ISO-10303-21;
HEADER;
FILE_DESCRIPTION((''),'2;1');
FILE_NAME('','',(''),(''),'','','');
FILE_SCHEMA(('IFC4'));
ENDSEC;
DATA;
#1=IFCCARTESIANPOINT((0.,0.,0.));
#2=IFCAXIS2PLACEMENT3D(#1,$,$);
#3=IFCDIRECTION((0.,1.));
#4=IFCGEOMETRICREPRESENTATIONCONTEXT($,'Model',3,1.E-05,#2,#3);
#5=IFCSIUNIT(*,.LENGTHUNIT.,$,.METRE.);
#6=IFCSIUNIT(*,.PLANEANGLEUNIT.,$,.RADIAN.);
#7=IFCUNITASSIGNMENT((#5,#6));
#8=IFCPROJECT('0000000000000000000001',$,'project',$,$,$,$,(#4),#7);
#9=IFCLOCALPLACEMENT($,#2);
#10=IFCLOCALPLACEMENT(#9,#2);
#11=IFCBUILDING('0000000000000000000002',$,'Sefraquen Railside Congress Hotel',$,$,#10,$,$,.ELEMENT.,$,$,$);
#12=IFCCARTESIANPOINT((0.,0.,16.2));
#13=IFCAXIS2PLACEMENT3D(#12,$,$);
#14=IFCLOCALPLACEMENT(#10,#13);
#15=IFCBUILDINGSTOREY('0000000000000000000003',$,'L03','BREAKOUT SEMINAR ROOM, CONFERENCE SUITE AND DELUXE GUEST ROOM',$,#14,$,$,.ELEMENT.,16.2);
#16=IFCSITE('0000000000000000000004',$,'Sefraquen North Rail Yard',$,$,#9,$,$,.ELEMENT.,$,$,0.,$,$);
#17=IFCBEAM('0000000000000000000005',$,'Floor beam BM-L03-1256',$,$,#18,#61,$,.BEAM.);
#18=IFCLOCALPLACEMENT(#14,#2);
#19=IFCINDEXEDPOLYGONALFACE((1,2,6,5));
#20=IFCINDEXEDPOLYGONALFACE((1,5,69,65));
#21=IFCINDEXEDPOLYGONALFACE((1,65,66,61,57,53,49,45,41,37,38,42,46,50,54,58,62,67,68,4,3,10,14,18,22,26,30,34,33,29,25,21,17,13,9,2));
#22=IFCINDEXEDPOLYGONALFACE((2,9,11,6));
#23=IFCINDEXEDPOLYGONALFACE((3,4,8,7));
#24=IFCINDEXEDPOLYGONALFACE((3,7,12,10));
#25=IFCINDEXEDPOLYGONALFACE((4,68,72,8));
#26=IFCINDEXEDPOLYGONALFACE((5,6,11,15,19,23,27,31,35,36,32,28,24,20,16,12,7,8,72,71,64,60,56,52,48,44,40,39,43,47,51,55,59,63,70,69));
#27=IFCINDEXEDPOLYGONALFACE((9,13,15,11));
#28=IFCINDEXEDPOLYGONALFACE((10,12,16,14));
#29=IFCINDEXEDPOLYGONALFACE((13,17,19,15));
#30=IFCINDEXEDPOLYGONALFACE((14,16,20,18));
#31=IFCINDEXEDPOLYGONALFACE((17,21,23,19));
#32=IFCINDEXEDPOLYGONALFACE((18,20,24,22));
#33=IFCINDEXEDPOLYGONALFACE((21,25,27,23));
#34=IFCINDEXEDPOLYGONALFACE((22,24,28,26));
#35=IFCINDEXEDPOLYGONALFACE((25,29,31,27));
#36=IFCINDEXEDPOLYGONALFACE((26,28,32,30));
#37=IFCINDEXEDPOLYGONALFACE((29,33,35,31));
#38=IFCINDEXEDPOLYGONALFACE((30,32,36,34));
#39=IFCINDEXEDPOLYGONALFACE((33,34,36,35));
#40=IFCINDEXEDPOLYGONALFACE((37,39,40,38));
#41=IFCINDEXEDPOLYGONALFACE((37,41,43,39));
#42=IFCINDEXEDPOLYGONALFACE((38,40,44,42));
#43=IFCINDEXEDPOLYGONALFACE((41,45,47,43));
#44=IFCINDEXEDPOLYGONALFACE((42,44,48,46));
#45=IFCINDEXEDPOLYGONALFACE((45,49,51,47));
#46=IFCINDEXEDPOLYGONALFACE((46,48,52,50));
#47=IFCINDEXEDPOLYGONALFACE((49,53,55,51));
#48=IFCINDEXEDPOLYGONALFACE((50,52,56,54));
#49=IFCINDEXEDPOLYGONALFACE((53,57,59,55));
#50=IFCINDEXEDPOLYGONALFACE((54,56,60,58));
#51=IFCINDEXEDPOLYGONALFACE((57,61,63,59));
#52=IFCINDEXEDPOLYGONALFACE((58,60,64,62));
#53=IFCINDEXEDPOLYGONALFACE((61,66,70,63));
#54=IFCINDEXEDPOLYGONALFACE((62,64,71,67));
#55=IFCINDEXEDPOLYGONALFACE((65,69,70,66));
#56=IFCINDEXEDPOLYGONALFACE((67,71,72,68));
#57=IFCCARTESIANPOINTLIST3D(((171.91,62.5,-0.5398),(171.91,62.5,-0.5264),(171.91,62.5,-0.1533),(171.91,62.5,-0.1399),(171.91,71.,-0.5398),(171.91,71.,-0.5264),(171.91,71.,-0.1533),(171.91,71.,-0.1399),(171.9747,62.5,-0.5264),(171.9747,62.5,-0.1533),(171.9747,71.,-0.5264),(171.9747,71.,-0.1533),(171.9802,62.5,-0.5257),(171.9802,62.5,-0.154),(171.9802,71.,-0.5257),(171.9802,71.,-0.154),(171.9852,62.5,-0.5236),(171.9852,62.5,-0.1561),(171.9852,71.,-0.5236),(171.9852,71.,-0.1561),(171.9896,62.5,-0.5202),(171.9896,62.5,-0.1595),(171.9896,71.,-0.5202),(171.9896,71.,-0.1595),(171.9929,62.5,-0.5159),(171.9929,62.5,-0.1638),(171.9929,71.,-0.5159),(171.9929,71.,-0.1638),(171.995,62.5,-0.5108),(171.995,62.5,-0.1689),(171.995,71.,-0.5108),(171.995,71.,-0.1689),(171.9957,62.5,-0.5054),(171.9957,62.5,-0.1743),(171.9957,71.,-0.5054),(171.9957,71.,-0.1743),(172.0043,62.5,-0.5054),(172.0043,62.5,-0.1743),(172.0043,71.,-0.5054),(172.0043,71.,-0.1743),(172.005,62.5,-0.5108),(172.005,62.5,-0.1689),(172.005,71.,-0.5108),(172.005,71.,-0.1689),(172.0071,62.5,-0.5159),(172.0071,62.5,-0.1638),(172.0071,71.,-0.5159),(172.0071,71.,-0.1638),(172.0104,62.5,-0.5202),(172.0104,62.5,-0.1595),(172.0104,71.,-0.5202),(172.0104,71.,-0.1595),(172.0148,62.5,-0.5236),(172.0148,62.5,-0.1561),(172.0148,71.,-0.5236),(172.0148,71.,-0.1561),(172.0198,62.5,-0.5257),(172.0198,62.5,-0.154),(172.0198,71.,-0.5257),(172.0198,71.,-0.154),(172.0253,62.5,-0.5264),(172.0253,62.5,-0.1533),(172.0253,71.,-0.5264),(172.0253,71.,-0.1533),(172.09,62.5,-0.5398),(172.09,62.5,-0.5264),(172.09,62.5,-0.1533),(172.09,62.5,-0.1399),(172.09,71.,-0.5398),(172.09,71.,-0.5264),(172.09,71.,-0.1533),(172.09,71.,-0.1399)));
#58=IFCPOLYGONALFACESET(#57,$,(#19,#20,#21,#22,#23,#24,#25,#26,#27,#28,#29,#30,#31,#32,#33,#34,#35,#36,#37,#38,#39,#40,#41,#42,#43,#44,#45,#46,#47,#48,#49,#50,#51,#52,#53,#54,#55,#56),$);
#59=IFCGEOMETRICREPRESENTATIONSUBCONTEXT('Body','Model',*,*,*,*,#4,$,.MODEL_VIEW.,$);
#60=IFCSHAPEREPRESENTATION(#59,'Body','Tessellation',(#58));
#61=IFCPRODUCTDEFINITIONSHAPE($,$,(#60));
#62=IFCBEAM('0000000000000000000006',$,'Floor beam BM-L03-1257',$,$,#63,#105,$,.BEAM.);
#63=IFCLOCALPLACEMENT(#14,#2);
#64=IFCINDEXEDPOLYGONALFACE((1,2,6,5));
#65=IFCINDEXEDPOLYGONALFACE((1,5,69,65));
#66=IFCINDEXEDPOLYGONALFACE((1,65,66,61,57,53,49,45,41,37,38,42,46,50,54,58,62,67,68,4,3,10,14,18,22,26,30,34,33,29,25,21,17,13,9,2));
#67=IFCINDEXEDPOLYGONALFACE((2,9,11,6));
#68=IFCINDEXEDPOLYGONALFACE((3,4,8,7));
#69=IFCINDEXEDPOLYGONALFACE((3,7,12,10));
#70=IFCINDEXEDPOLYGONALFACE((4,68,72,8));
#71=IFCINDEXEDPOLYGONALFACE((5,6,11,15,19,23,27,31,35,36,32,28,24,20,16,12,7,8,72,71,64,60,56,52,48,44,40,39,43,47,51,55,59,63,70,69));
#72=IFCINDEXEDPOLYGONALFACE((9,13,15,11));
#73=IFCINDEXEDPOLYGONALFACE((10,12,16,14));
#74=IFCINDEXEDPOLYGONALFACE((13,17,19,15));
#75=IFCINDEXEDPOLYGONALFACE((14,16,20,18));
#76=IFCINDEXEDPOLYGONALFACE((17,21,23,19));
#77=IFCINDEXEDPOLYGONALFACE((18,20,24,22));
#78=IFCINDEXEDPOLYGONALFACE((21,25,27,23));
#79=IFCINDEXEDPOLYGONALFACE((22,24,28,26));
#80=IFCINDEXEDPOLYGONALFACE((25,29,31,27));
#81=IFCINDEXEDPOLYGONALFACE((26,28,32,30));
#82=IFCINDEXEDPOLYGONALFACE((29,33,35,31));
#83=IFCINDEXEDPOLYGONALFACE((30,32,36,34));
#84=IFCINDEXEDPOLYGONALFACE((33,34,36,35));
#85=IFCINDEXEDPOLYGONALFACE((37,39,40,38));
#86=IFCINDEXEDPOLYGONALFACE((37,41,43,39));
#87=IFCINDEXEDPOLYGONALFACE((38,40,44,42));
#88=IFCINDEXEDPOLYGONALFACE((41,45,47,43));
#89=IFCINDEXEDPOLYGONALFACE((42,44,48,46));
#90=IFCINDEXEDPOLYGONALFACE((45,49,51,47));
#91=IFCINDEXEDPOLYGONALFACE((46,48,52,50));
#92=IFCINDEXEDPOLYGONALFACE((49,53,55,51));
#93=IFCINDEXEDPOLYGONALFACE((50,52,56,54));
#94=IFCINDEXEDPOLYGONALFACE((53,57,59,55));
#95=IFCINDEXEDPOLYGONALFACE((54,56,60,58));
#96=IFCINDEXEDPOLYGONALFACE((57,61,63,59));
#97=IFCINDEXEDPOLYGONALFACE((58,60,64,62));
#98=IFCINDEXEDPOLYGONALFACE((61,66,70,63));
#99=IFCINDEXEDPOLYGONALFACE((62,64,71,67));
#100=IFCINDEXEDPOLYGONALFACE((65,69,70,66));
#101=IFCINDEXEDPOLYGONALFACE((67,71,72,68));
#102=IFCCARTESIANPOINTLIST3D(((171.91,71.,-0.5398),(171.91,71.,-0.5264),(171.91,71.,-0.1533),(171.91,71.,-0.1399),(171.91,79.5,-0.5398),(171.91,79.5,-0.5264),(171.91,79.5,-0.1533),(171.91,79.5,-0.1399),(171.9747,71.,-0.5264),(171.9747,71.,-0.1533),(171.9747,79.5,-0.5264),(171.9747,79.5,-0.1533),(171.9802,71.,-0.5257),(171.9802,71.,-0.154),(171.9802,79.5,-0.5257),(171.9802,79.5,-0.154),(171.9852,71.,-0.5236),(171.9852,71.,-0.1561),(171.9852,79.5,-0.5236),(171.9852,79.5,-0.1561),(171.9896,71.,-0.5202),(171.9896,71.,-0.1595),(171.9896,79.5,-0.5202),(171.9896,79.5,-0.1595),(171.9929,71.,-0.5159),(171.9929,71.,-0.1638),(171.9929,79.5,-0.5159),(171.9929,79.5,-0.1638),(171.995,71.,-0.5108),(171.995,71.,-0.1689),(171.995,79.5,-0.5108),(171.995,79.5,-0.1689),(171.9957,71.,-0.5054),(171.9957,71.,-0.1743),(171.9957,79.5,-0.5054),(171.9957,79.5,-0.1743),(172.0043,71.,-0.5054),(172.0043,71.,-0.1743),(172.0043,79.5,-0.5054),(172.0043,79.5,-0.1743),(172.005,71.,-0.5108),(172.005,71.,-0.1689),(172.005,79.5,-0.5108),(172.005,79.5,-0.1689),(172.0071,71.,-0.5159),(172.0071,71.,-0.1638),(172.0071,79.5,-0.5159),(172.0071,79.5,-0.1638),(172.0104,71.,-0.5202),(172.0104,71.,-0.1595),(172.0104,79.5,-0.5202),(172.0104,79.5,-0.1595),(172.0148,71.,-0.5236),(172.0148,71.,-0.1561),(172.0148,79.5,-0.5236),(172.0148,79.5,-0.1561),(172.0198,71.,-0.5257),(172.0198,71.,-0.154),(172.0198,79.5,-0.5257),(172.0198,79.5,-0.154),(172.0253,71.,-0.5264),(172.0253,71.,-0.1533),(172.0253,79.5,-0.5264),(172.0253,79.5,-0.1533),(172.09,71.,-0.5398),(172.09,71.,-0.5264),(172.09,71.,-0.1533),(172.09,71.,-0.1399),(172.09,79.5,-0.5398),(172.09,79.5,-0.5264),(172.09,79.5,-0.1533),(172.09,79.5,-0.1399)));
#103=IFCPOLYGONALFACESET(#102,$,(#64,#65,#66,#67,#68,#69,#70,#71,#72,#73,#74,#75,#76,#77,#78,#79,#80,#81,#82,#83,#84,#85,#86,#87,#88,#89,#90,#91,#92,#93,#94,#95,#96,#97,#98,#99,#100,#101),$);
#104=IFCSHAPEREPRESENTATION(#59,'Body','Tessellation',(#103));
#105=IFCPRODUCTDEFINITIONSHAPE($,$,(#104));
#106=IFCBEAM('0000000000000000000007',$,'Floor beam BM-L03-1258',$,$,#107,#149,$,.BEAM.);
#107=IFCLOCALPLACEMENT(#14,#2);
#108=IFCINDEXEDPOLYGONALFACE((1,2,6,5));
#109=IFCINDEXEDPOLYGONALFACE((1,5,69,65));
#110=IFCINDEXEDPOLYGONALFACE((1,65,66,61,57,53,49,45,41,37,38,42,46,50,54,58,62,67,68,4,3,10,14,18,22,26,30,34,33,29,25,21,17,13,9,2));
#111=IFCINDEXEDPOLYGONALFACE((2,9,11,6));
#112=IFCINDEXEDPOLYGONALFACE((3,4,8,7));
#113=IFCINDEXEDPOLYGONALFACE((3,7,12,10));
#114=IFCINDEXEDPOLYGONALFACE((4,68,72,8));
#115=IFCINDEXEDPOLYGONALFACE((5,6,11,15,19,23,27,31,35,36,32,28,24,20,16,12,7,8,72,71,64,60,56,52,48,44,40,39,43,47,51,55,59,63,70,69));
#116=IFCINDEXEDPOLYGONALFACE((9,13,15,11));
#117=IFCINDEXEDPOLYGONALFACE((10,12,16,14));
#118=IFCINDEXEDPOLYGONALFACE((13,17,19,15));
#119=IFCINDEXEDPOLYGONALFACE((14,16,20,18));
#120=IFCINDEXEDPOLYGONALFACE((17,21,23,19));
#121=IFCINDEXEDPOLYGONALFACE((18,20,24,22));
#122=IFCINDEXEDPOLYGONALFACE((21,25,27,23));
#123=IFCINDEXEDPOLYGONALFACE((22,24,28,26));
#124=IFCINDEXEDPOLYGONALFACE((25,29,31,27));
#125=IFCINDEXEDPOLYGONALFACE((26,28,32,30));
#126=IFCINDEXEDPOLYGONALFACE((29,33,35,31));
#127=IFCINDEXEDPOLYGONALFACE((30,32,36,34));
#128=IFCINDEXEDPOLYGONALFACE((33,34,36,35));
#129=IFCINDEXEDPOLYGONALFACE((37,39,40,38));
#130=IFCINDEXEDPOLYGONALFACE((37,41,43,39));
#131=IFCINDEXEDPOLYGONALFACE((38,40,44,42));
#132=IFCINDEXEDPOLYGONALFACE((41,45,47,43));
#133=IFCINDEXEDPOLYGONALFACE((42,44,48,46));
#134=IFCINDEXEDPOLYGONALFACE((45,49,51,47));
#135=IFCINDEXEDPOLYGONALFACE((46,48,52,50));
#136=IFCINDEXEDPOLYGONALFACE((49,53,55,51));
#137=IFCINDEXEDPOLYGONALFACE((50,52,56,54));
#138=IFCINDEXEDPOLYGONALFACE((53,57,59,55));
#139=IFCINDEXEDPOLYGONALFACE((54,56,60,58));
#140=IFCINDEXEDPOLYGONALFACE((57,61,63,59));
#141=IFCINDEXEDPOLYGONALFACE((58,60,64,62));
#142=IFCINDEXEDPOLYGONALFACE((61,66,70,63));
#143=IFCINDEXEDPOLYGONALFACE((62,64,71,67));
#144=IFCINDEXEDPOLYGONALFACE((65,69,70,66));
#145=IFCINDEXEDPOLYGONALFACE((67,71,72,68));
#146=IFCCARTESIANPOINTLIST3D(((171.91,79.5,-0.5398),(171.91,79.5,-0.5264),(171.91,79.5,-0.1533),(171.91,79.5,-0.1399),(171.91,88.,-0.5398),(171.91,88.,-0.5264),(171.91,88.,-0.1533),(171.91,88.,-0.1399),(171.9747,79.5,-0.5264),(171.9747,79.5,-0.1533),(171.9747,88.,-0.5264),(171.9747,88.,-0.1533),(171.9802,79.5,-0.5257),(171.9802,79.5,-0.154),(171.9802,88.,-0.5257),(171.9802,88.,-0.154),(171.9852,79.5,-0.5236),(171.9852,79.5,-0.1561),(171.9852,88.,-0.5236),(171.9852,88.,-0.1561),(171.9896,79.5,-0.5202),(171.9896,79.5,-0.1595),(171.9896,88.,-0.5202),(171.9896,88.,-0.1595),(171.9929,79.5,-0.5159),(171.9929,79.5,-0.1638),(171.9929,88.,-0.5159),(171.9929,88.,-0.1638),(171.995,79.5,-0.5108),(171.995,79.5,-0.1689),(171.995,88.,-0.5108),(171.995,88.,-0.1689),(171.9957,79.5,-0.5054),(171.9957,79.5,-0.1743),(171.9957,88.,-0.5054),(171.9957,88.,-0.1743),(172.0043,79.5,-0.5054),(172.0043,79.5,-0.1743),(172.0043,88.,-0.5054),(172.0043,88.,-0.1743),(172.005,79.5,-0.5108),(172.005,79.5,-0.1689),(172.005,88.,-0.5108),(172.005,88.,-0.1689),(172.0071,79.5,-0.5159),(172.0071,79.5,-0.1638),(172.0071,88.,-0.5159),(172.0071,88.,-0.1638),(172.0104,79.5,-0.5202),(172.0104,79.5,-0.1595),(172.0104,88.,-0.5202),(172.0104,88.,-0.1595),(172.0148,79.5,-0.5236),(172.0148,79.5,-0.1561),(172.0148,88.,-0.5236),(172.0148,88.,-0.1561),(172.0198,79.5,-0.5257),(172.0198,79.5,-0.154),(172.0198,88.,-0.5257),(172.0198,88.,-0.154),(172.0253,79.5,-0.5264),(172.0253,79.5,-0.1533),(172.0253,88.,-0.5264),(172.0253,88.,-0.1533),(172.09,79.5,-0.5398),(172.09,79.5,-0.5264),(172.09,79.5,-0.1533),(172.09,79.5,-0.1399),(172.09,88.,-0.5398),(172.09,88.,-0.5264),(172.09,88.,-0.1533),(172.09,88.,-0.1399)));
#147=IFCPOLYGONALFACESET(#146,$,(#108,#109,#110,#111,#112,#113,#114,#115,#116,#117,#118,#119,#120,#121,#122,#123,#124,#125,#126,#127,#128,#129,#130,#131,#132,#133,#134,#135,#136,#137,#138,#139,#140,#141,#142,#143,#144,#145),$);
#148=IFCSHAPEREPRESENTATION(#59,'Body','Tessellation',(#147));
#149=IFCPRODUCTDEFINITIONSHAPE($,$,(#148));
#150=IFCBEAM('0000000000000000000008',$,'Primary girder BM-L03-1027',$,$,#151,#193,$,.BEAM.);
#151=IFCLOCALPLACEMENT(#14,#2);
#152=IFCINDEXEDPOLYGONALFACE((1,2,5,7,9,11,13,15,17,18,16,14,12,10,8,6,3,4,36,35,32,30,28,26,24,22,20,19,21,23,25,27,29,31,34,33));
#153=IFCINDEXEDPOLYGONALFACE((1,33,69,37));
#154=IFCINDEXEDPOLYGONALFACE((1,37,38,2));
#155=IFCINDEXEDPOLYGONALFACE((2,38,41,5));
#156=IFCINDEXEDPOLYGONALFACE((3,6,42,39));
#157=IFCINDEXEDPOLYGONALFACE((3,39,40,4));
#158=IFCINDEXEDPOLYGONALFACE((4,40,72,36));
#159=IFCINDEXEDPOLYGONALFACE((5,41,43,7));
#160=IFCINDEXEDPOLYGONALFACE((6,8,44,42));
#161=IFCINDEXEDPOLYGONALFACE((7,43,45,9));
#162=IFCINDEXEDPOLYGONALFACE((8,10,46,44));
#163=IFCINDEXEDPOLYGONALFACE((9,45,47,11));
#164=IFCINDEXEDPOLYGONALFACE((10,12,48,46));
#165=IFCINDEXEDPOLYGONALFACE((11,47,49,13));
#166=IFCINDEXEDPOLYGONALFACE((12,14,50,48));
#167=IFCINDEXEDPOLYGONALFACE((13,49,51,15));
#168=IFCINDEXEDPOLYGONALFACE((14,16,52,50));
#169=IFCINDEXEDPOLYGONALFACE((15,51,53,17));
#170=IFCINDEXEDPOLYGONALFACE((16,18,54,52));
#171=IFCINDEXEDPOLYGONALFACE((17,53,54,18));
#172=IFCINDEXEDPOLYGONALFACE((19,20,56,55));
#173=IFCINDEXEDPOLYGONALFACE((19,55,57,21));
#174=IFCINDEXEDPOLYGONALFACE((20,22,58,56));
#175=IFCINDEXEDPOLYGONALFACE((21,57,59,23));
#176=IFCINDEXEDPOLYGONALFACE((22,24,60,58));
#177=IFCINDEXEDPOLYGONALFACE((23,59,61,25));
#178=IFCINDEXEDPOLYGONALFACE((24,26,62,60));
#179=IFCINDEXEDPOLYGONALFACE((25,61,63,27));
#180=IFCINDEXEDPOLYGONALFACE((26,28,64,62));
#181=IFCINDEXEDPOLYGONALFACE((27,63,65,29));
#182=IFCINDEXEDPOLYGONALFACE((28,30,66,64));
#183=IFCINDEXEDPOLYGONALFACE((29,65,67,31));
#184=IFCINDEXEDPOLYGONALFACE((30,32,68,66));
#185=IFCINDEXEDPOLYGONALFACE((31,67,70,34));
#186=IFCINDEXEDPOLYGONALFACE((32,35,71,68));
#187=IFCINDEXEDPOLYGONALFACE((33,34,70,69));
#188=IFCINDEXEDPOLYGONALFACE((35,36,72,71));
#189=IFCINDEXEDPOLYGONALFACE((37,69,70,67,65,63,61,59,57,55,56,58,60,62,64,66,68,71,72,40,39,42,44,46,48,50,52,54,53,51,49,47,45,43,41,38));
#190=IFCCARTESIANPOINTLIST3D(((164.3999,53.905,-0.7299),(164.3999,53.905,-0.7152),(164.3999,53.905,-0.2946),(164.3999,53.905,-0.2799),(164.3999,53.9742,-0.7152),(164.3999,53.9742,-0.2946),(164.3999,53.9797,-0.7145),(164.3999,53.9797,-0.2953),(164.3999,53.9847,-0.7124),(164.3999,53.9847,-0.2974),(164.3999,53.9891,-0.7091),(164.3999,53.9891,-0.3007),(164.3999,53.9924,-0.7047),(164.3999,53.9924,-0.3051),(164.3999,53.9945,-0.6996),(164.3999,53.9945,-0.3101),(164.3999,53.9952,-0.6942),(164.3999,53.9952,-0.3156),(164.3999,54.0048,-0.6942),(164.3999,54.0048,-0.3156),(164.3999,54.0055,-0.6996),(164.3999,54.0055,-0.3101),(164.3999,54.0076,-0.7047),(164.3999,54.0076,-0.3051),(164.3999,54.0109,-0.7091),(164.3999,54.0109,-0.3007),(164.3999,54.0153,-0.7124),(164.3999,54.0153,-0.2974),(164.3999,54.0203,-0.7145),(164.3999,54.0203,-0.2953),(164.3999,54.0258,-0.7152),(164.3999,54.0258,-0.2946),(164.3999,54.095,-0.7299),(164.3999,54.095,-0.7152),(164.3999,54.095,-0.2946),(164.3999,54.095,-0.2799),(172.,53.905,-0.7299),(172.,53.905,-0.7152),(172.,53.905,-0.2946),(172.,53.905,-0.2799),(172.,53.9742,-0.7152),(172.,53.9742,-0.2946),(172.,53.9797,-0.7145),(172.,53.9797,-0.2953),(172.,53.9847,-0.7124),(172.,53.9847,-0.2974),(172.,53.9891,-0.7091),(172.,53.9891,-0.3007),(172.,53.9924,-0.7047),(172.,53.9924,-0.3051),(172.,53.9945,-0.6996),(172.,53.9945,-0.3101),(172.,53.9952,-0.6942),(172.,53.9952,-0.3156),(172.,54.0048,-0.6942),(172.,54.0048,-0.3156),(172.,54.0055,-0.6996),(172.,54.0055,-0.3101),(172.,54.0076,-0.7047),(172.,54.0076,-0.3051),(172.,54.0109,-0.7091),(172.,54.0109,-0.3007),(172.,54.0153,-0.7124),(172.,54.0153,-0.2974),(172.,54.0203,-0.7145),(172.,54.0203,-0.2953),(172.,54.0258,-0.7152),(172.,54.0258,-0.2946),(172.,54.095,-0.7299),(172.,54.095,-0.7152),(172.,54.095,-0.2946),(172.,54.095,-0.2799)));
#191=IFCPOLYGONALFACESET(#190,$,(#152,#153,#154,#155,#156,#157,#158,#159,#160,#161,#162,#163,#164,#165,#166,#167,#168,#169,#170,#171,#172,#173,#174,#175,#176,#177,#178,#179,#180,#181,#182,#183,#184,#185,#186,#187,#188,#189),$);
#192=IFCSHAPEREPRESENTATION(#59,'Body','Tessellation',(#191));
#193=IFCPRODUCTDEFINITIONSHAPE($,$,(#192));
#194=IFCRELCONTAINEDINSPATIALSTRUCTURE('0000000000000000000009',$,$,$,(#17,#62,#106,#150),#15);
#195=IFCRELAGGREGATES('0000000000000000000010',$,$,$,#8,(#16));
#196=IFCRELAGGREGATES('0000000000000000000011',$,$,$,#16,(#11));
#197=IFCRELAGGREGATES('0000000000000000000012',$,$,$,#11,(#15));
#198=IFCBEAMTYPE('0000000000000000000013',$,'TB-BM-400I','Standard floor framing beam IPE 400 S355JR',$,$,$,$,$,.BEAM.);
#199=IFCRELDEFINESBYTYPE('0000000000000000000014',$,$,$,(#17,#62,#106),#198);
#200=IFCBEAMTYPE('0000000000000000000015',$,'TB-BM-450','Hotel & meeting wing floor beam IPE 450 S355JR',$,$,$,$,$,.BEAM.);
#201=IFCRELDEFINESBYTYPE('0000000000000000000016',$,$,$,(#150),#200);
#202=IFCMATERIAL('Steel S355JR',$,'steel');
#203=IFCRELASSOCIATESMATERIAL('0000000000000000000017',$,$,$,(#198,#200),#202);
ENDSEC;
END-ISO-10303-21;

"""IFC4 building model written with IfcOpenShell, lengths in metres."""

from ifc_helpers import new_model, si_unit, direction, frame, origin, origin_2d, place, context, subcontext, project, spatial, i_section, extrude, material, material_profile, profile_set, type_object, element, save


model = new_model("IFC4")

# Units and contexts
model_context = context("Model", 3, precision=1e-05, world=origin(), true_north=direction((0.0, 1.0)))
body_context = subcontext(model_context, "Body", "Model", "MODEL_VIEW")
ifc_project = project(units=[si_unit("LENGTHUNIT", "METRE"), si_unit("PLANEANGLEUNIT", "RADIAN")], contexts=[model_context])

# Site, building, storey
site_placement = place(None, origin())
site = spatial("IfcSite", under=ifc_project, at=site_placement, Name="Sefraquen North Rail Yard", CompositionType="ELEMENT", RefElevation=0.0)
building_placement = place(site_placement, origin())
building = spatial("IfcBuilding", under=site, at=building_placement, Name="Sefraquen Railside Congress Hotel", CompositionType="ELEMENT")
storey_placement = place(building_placement, frame((0.0, 0.0, 16.2)))
storey = spatial("IfcBuildingStorey", under=building, at=storey_placement, Name="L03", Description="BREAKOUT SEMINAR ROOM, CONFERENCE SUITE AND DELUXE GUEST ROOM", CompositionType="ELEMENT", Elevation=16.2)

# Shared definitions
ifc_material_1 = material(Name="Steel S355JR", Category="steel")

# Beams
ifc_material_profile_1 = material_profile(ifc_material_1, i_section(OverallWidth=0.1799, OverallDepth=0.3999, WebThickness=0.0085, FlangeThickness=0.0134, FilletRadius=0.021, at=origin_2d()), Name="IPE 400")
ifc_profile_set_1 = profile_set([ifc_material_profile_1], Name="Steel S355JR")
beam_type_1 = type_object("IfcBeamType", Name="TB-BM-400I", Description="Standard floor framing beam IPE 400 S355JR", PredefinedType="BEAM", material=ifc_profile_set_1)
for number, where, z_axis, x_axis, name in (
    (1, (172.0, 62.5, -0.3398), (0.0, 1.0, 0.0), (-1.0, 0.0, 0.0), "Floor beam BM-L03-1256"),
    (2, (172.0, 71.0, -0.3398), (0.0, 1.0, 0.0), (-1.0, 0.0, 0.0), "Floor beam BM-L03-1257"),
    (3, (172.0, 79.5, -0.3398), (0.0, 1.0, 0.0), (-1.0, 0.0, 0.0), "Floor beam BM-L03-1258"),
):
    element("IfcBeam", number, at=place(storey_placement, frame(where, z_axis=z_axis, x_axis=x_axis)), inside=storey, type_object=beam_type_1, Name=name, PredefinedType="BEAM", context=body_context, shape_type="SweptSolid", body=[
        extrude(i_section(OverallWidth=0.1799, OverallDepth=0.3999, WebThickness=0.0085, FlangeThickness=0.0134, FilletRadius=0.021, at=origin_2d()), origin(), (0.0, 0.0, 1.0), 8.5),
    ])
ifc_material_profile_2 = material_profile(ifc_material_1, i_section(OverallWidth=0.1899, OverallDepth=0.45, WebThickness=0.0095, FlangeThickness=0.0146, FilletRadius=0.021, at=origin_2d()), Name="IPE 450")
ifc_profile_set_2 = profile_set([ifc_material_profile_2], Name="Steel S355JR")
beam_type_2 = type_object("IfcBeamType", Name="TB-BM-450", Description="Hotel & meeting wing floor beam IPE 450 S355JR", PredefinedType="BEAM", material=ifc_profile_set_2)
for number, where, z_axis, x_axis, name in (
    (4, (164.3999, 54.0, -0.5049), (1.0, 0.0, 0.0), (0.0, 1.0, 0.0), "Primary girder BM-L03-1027"),
):
    element("IfcBeam", number, at=place(storey_placement, frame(where, z_axis=z_axis, x_axis=x_axis)), inside=storey, type_object=beam_type_2, Name=name, PredefinedType="BEAM", context=body_context, shape_type="SweptSolid", body=[
        extrude(i_section(OverallWidth=0.1899, OverallDepth=0.45, WebThickness=0.0095, FlangeThickness=0.0146, FilletRadius=0.021, at=origin_2d()), origin(), (0.0, 0.0, 1.0), 7.6001),
    ])

save(model, "model.ifc")
